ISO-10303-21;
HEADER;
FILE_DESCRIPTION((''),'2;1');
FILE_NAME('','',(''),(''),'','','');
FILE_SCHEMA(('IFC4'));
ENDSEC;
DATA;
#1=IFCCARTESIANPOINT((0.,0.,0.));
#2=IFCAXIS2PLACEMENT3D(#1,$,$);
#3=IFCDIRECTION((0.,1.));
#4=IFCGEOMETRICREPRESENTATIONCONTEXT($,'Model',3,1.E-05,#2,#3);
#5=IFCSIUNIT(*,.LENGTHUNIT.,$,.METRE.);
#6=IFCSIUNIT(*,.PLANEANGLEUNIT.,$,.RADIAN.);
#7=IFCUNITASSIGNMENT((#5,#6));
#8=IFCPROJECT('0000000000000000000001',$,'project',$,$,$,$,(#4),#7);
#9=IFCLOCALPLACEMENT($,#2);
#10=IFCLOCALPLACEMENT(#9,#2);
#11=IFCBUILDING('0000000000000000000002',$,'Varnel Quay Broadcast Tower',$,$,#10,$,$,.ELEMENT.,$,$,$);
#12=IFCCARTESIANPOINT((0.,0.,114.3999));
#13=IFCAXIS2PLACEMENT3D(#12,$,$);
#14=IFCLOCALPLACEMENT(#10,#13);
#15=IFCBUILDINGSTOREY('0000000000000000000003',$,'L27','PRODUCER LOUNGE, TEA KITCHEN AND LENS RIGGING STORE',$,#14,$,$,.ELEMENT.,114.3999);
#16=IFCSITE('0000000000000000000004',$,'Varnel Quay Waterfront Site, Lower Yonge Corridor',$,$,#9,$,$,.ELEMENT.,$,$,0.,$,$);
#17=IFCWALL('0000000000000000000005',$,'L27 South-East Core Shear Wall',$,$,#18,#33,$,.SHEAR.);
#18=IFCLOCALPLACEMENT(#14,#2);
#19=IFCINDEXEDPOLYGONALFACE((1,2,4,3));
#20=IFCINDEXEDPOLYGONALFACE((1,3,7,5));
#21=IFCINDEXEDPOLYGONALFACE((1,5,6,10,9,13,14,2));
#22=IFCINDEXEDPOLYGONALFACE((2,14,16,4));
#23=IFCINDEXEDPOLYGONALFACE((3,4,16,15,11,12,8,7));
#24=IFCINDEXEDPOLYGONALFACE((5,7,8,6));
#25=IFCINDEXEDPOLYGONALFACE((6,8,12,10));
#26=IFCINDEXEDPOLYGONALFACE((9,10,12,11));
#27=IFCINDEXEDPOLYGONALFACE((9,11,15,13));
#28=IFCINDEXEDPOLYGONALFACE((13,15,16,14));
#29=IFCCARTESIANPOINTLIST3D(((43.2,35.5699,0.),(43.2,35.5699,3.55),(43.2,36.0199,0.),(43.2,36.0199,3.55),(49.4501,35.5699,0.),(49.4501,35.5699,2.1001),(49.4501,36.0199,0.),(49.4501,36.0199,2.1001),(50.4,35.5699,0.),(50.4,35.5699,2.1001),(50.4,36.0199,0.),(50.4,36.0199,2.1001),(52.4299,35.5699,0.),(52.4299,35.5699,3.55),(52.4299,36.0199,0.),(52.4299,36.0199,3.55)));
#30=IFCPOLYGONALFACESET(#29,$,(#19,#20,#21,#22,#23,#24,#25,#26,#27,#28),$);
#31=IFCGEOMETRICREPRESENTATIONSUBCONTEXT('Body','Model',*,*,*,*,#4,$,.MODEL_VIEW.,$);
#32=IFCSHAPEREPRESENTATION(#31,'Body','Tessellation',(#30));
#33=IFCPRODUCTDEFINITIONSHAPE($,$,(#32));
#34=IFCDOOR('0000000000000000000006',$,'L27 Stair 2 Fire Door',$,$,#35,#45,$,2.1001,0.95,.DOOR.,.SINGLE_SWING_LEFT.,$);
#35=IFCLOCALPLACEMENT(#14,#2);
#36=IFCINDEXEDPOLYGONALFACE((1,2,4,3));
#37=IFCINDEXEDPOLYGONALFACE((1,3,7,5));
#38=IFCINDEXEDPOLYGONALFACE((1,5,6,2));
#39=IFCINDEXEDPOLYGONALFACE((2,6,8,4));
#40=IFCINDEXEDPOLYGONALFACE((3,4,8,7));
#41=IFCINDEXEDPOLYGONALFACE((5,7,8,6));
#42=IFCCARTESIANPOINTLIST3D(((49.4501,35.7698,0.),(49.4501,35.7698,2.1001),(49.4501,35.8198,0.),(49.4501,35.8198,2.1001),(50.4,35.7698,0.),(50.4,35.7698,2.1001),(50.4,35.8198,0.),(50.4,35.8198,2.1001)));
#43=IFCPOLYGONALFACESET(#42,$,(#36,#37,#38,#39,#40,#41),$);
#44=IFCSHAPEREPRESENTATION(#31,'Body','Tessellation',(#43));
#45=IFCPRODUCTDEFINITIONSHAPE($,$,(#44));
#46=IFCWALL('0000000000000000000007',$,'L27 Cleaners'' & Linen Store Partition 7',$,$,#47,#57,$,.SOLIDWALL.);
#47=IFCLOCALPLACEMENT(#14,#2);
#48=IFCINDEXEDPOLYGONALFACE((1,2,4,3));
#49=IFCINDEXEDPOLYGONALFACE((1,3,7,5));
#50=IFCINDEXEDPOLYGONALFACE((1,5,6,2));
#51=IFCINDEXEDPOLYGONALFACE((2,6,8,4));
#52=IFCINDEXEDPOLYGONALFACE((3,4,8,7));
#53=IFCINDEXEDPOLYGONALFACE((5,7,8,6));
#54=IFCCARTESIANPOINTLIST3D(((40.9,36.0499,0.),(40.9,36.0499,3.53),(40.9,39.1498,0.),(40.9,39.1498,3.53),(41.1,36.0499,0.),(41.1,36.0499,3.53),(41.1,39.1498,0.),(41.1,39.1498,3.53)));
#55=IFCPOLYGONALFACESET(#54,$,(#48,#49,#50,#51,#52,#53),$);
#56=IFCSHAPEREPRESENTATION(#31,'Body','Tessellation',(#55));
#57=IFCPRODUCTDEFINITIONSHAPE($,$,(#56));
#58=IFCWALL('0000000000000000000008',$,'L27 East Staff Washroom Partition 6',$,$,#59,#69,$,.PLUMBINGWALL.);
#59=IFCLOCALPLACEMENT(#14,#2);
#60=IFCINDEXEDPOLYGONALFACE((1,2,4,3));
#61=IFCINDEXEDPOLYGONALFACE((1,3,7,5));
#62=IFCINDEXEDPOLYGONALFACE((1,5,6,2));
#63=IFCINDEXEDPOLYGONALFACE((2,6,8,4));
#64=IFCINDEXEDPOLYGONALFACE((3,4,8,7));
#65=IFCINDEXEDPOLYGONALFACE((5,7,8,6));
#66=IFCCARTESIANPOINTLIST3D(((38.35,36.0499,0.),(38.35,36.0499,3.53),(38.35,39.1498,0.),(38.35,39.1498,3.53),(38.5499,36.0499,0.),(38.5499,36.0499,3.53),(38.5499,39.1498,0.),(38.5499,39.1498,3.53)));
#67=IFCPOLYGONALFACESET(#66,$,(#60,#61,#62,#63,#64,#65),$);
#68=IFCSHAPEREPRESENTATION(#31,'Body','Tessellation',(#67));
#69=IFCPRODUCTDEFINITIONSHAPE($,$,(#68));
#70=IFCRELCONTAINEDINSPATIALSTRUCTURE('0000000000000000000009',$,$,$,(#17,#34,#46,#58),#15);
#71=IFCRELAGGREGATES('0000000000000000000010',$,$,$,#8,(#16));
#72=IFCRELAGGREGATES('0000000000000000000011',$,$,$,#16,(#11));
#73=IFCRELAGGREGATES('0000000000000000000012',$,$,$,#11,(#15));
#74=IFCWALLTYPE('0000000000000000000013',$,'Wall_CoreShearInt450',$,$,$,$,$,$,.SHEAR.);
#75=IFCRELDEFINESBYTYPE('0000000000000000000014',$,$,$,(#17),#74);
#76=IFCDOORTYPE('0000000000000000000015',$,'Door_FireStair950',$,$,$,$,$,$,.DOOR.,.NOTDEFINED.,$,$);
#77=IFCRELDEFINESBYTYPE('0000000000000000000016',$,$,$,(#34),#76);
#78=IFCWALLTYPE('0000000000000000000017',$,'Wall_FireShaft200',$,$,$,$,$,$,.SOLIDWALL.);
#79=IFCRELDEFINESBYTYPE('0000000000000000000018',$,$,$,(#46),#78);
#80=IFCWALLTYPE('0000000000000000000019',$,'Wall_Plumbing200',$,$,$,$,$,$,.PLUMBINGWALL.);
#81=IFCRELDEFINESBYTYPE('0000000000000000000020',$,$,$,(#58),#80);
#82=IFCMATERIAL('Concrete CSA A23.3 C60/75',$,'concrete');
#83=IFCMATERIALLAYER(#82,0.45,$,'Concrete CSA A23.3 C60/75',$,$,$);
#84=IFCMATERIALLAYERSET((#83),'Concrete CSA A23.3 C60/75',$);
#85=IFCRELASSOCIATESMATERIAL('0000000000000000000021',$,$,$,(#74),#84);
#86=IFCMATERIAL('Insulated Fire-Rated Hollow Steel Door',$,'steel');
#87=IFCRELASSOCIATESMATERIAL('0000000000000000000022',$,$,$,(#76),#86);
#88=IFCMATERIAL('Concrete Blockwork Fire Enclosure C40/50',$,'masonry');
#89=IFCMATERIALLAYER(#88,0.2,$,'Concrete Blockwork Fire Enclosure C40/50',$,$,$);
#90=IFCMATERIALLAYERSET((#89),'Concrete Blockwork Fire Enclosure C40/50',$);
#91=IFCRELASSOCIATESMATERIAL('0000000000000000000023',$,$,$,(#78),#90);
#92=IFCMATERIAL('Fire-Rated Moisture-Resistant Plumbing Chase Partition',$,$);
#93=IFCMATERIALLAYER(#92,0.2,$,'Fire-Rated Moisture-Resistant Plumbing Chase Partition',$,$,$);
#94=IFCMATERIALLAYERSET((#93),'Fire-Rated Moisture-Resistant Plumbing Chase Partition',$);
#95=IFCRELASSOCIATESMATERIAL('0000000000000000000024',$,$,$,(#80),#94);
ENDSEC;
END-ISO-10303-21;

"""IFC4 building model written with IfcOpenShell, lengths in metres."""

from ifc_helpers import new_model, si_unit, direction, frame, frame_2d, origin, place, context, subcontext, project, spatial, rectangle, extrude, source, transform, mapped, material, layer, layer_set, type_object, type_shapes, element, fill, save


model = new_model("IFC4")

# Units and contexts
model_context = context("Model", 3, precision=1e-05, world=origin(), true_north=direction((0.0, 1.0)))
body_context = subcontext(model_context, "Body", "Model", "MODEL_VIEW")
ifc_project = project(units=[si_unit("LENGTHUNIT", "METRE"), si_unit("PLANEANGLEUNIT", "RADIAN")], contexts=[model_context])

# Site, building, storey
site_placement = place(None, origin())
site = spatial("IfcSite", under=ifc_project, at=site_placement, Name="Varnel Quay Waterfront Site, Lower Yonge Corridor", CompositionType="ELEMENT", RefElevation=0.0)
building_placement = place(site_placement, origin())
building = spatial("IfcBuilding", under=site, at=building_placement, Name="Varnel Quay Broadcast Tower", CompositionType="ELEMENT")
storey_placement = place(building_placement, frame((0.0, 0.0, 114.3999)))
storey = spatial("IfcBuildingStorey", under=building, at=storey_placement, Name="L27", Description="PRODUCER LOUNGE, TEA KITCHEN AND LENS RIGGING STORE", CompositionType="ELEMENT", Elevation=114.3999)

# Wall, opening, door
ifc_material_1 = material(Name="Concrete CSA A23.3 C60/75", Category="concrete")
ifc_layer_1 = layer(ifc_material_1, 0.45, Name="Concrete CSA A23.3 C60/75")
ifc_layer_set_1 = layer_set([ifc_layer_1], Name="Concrete CSA A23.3 C60/75")
wall_type_1 = type_object("IfcWallType", Name="Wall_CoreShearInt450", PredefinedType="SHEAR", material=ifc_layer_set_1)
wall_1_placement = place(storey_placement, frame((43.2, 35.7949, 0.0), z_axis=(0.0, 0.0, 1.0), x_axis=(1.0, 0.0, 0.0)))
wall_1 = element("IfcWall", 1, at=wall_1_placement, inside=storey, type_object=wall_type_1, Name="L27 South-East Core Shear Wall", PredefinedType="SHEAR", context=body_context, shape_type="SweptSolid", body=[
    extrude(rectangle(XDim=9.23, YDim=0.45, at=frame_2d((4.615, 0.0))), origin(), (0.0, 0.0, 1.0), 3.55),
])
opening_placement = place(wall_1_placement, frame((6.25, 0.0, 0.0)))
opening = element("IfcOpeningElement", 2, at=opening_placement, cuts=wall_1, PredefinedType="OPENING", context=body_context, shape_type="SweptSolid", body=[
    extrude(rectangle(XDim=0.95, YDim=2.1001, at=frame_2d((0.4751, 1.05))), frame((0.0, 0.2349, 0.0), z_axis=(0.0, -1.0, 0.0), x_axis=(1.0, 0.0, 0.0)), (0.0, 0.0, 1.0), 0.47),
])
ifc_material_2 = material(Name="Insulated Fire-Rated Hollow Steel Door", Category="steel")
door_type = type_object("IfcDoorType", Name="Door_FireStair950", OperationType="NOTDEFINED", PredefinedType="DOOR", material=ifc_material_2)
shared_shape_1 = source(origin(), body_context, "Body", "SweptSolid", [
    extrude(rectangle(XDim=0.95, YDim=2.1001, at=frame_2d((0.4751, 1.05))), frame((0.0, 0.0249, 0.0), z_axis=(0.0, -1.0, 0.0), x_axis=(1.0, 0.0, 0.0)), (0.0, 0.0, 1.0), 0.05),
])
type_shapes(door_type, [shared_shape_1])
door_placement = place(opening_placement, origin())
door = element("IfcDoor", 3, at=door_placement, inside=storey, type_object=door_type, Name="L27 Stair 2 Fire Door", OperationType="SINGLE_SWING_LEFT", OverallHeight=2.1001, OverallWidth=0.95, PredefinedType="DOOR", context=body_context, shape_type="MappedRepresentation", body=[
    mapped(shared_shape_1, transform((0.0, 0.0, 0.0), x_axis=(1.0, 0.0, 0.0), y_axis=(0.0, 1.0, 0.0), z_axis=(0.0, 0.0, 1.0), scale=1.0)),
])
fill(opening, door)

# Walls
ifc_material_3 = material(Name="Concrete Blockwork Fire Enclosure C40/50", Category="masonry")
ifc_layer_2 = layer(ifc_material_3, 0.2, Name="Concrete Blockwork Fire Enclosure C40/50")
ifc_layer_set_2 = layer_set([ifc_layer_2], Name="Concrete Blockwork Fire Enclosure C40/50")
wall_type_2 = type_object("IfcWallType", Name="Wall_FireShaft200", PredefinedType="SOLIDWALL", material=ifc_layer_set_2)
wall_2_placement = place(storey_placement, frame((41.0, 36.05, 0.0), z_axis=(0.0, 0.0, 1.0), x_axis=(0.0, 1.0, 0.0)))
element("IfcWall", 4, at=wall_2_placement, inside=storey, type_object=wall_type_2, Name="L27 Cleaners' & Linen Store Partition 7", PredefinedType="SOLIDWALL", context=body_context, shape_type="SweptSolid", body=[
    extrude(rectangle(XDim=3.0999, YDim=0.2, at=frame_2d((1.5498, 0.0))), origin(), (0.0, 0.0, 1.0), 3.53),
])
ifc_material_4 = material(Name="Fire-Rated Moisture-Resistant Plumbing Chase Partition")
ifc_layer_3 = layer(ifc_material_4, 0.2, Name="Fire-Rated Moisture-Resistant Plumbing Chase Partition")
ifc_layer_set_3 = layer_set([ifc_layer_3], Name="Fire-Rated Moisture-Resistant Plumbing Chase Partition")
wall_type_3 = type_object("IfcWallType", Name="Wall_Plumbing200", PredefinedType="PLUMBINGWALL", material=ifc_layer_set_3)
wall_3_placement = place(storey_placement, frame((38.45, 36.05, 0.0), z_axis=(0.0, 0.0, 1.0), x_axis=(0.0, 1.0, 0.0)))
element("IfcWall", 5, at=wall_3_placement, inside=storey, type_object=wall_type_3, Name="L27 East Staff Washroom Partition 6", PredefinedType="PLUMBINGWALL", context=body_context, shape_type="SweptSolid", body=[
    extrude(rectangle(XDim=3.0999, YDim=0.2, at=frame_2d((1.5498, 0.0))), origin(), (0.0, 0.0, 1.0), 3.53),
])

save(model, "model.ifc")
